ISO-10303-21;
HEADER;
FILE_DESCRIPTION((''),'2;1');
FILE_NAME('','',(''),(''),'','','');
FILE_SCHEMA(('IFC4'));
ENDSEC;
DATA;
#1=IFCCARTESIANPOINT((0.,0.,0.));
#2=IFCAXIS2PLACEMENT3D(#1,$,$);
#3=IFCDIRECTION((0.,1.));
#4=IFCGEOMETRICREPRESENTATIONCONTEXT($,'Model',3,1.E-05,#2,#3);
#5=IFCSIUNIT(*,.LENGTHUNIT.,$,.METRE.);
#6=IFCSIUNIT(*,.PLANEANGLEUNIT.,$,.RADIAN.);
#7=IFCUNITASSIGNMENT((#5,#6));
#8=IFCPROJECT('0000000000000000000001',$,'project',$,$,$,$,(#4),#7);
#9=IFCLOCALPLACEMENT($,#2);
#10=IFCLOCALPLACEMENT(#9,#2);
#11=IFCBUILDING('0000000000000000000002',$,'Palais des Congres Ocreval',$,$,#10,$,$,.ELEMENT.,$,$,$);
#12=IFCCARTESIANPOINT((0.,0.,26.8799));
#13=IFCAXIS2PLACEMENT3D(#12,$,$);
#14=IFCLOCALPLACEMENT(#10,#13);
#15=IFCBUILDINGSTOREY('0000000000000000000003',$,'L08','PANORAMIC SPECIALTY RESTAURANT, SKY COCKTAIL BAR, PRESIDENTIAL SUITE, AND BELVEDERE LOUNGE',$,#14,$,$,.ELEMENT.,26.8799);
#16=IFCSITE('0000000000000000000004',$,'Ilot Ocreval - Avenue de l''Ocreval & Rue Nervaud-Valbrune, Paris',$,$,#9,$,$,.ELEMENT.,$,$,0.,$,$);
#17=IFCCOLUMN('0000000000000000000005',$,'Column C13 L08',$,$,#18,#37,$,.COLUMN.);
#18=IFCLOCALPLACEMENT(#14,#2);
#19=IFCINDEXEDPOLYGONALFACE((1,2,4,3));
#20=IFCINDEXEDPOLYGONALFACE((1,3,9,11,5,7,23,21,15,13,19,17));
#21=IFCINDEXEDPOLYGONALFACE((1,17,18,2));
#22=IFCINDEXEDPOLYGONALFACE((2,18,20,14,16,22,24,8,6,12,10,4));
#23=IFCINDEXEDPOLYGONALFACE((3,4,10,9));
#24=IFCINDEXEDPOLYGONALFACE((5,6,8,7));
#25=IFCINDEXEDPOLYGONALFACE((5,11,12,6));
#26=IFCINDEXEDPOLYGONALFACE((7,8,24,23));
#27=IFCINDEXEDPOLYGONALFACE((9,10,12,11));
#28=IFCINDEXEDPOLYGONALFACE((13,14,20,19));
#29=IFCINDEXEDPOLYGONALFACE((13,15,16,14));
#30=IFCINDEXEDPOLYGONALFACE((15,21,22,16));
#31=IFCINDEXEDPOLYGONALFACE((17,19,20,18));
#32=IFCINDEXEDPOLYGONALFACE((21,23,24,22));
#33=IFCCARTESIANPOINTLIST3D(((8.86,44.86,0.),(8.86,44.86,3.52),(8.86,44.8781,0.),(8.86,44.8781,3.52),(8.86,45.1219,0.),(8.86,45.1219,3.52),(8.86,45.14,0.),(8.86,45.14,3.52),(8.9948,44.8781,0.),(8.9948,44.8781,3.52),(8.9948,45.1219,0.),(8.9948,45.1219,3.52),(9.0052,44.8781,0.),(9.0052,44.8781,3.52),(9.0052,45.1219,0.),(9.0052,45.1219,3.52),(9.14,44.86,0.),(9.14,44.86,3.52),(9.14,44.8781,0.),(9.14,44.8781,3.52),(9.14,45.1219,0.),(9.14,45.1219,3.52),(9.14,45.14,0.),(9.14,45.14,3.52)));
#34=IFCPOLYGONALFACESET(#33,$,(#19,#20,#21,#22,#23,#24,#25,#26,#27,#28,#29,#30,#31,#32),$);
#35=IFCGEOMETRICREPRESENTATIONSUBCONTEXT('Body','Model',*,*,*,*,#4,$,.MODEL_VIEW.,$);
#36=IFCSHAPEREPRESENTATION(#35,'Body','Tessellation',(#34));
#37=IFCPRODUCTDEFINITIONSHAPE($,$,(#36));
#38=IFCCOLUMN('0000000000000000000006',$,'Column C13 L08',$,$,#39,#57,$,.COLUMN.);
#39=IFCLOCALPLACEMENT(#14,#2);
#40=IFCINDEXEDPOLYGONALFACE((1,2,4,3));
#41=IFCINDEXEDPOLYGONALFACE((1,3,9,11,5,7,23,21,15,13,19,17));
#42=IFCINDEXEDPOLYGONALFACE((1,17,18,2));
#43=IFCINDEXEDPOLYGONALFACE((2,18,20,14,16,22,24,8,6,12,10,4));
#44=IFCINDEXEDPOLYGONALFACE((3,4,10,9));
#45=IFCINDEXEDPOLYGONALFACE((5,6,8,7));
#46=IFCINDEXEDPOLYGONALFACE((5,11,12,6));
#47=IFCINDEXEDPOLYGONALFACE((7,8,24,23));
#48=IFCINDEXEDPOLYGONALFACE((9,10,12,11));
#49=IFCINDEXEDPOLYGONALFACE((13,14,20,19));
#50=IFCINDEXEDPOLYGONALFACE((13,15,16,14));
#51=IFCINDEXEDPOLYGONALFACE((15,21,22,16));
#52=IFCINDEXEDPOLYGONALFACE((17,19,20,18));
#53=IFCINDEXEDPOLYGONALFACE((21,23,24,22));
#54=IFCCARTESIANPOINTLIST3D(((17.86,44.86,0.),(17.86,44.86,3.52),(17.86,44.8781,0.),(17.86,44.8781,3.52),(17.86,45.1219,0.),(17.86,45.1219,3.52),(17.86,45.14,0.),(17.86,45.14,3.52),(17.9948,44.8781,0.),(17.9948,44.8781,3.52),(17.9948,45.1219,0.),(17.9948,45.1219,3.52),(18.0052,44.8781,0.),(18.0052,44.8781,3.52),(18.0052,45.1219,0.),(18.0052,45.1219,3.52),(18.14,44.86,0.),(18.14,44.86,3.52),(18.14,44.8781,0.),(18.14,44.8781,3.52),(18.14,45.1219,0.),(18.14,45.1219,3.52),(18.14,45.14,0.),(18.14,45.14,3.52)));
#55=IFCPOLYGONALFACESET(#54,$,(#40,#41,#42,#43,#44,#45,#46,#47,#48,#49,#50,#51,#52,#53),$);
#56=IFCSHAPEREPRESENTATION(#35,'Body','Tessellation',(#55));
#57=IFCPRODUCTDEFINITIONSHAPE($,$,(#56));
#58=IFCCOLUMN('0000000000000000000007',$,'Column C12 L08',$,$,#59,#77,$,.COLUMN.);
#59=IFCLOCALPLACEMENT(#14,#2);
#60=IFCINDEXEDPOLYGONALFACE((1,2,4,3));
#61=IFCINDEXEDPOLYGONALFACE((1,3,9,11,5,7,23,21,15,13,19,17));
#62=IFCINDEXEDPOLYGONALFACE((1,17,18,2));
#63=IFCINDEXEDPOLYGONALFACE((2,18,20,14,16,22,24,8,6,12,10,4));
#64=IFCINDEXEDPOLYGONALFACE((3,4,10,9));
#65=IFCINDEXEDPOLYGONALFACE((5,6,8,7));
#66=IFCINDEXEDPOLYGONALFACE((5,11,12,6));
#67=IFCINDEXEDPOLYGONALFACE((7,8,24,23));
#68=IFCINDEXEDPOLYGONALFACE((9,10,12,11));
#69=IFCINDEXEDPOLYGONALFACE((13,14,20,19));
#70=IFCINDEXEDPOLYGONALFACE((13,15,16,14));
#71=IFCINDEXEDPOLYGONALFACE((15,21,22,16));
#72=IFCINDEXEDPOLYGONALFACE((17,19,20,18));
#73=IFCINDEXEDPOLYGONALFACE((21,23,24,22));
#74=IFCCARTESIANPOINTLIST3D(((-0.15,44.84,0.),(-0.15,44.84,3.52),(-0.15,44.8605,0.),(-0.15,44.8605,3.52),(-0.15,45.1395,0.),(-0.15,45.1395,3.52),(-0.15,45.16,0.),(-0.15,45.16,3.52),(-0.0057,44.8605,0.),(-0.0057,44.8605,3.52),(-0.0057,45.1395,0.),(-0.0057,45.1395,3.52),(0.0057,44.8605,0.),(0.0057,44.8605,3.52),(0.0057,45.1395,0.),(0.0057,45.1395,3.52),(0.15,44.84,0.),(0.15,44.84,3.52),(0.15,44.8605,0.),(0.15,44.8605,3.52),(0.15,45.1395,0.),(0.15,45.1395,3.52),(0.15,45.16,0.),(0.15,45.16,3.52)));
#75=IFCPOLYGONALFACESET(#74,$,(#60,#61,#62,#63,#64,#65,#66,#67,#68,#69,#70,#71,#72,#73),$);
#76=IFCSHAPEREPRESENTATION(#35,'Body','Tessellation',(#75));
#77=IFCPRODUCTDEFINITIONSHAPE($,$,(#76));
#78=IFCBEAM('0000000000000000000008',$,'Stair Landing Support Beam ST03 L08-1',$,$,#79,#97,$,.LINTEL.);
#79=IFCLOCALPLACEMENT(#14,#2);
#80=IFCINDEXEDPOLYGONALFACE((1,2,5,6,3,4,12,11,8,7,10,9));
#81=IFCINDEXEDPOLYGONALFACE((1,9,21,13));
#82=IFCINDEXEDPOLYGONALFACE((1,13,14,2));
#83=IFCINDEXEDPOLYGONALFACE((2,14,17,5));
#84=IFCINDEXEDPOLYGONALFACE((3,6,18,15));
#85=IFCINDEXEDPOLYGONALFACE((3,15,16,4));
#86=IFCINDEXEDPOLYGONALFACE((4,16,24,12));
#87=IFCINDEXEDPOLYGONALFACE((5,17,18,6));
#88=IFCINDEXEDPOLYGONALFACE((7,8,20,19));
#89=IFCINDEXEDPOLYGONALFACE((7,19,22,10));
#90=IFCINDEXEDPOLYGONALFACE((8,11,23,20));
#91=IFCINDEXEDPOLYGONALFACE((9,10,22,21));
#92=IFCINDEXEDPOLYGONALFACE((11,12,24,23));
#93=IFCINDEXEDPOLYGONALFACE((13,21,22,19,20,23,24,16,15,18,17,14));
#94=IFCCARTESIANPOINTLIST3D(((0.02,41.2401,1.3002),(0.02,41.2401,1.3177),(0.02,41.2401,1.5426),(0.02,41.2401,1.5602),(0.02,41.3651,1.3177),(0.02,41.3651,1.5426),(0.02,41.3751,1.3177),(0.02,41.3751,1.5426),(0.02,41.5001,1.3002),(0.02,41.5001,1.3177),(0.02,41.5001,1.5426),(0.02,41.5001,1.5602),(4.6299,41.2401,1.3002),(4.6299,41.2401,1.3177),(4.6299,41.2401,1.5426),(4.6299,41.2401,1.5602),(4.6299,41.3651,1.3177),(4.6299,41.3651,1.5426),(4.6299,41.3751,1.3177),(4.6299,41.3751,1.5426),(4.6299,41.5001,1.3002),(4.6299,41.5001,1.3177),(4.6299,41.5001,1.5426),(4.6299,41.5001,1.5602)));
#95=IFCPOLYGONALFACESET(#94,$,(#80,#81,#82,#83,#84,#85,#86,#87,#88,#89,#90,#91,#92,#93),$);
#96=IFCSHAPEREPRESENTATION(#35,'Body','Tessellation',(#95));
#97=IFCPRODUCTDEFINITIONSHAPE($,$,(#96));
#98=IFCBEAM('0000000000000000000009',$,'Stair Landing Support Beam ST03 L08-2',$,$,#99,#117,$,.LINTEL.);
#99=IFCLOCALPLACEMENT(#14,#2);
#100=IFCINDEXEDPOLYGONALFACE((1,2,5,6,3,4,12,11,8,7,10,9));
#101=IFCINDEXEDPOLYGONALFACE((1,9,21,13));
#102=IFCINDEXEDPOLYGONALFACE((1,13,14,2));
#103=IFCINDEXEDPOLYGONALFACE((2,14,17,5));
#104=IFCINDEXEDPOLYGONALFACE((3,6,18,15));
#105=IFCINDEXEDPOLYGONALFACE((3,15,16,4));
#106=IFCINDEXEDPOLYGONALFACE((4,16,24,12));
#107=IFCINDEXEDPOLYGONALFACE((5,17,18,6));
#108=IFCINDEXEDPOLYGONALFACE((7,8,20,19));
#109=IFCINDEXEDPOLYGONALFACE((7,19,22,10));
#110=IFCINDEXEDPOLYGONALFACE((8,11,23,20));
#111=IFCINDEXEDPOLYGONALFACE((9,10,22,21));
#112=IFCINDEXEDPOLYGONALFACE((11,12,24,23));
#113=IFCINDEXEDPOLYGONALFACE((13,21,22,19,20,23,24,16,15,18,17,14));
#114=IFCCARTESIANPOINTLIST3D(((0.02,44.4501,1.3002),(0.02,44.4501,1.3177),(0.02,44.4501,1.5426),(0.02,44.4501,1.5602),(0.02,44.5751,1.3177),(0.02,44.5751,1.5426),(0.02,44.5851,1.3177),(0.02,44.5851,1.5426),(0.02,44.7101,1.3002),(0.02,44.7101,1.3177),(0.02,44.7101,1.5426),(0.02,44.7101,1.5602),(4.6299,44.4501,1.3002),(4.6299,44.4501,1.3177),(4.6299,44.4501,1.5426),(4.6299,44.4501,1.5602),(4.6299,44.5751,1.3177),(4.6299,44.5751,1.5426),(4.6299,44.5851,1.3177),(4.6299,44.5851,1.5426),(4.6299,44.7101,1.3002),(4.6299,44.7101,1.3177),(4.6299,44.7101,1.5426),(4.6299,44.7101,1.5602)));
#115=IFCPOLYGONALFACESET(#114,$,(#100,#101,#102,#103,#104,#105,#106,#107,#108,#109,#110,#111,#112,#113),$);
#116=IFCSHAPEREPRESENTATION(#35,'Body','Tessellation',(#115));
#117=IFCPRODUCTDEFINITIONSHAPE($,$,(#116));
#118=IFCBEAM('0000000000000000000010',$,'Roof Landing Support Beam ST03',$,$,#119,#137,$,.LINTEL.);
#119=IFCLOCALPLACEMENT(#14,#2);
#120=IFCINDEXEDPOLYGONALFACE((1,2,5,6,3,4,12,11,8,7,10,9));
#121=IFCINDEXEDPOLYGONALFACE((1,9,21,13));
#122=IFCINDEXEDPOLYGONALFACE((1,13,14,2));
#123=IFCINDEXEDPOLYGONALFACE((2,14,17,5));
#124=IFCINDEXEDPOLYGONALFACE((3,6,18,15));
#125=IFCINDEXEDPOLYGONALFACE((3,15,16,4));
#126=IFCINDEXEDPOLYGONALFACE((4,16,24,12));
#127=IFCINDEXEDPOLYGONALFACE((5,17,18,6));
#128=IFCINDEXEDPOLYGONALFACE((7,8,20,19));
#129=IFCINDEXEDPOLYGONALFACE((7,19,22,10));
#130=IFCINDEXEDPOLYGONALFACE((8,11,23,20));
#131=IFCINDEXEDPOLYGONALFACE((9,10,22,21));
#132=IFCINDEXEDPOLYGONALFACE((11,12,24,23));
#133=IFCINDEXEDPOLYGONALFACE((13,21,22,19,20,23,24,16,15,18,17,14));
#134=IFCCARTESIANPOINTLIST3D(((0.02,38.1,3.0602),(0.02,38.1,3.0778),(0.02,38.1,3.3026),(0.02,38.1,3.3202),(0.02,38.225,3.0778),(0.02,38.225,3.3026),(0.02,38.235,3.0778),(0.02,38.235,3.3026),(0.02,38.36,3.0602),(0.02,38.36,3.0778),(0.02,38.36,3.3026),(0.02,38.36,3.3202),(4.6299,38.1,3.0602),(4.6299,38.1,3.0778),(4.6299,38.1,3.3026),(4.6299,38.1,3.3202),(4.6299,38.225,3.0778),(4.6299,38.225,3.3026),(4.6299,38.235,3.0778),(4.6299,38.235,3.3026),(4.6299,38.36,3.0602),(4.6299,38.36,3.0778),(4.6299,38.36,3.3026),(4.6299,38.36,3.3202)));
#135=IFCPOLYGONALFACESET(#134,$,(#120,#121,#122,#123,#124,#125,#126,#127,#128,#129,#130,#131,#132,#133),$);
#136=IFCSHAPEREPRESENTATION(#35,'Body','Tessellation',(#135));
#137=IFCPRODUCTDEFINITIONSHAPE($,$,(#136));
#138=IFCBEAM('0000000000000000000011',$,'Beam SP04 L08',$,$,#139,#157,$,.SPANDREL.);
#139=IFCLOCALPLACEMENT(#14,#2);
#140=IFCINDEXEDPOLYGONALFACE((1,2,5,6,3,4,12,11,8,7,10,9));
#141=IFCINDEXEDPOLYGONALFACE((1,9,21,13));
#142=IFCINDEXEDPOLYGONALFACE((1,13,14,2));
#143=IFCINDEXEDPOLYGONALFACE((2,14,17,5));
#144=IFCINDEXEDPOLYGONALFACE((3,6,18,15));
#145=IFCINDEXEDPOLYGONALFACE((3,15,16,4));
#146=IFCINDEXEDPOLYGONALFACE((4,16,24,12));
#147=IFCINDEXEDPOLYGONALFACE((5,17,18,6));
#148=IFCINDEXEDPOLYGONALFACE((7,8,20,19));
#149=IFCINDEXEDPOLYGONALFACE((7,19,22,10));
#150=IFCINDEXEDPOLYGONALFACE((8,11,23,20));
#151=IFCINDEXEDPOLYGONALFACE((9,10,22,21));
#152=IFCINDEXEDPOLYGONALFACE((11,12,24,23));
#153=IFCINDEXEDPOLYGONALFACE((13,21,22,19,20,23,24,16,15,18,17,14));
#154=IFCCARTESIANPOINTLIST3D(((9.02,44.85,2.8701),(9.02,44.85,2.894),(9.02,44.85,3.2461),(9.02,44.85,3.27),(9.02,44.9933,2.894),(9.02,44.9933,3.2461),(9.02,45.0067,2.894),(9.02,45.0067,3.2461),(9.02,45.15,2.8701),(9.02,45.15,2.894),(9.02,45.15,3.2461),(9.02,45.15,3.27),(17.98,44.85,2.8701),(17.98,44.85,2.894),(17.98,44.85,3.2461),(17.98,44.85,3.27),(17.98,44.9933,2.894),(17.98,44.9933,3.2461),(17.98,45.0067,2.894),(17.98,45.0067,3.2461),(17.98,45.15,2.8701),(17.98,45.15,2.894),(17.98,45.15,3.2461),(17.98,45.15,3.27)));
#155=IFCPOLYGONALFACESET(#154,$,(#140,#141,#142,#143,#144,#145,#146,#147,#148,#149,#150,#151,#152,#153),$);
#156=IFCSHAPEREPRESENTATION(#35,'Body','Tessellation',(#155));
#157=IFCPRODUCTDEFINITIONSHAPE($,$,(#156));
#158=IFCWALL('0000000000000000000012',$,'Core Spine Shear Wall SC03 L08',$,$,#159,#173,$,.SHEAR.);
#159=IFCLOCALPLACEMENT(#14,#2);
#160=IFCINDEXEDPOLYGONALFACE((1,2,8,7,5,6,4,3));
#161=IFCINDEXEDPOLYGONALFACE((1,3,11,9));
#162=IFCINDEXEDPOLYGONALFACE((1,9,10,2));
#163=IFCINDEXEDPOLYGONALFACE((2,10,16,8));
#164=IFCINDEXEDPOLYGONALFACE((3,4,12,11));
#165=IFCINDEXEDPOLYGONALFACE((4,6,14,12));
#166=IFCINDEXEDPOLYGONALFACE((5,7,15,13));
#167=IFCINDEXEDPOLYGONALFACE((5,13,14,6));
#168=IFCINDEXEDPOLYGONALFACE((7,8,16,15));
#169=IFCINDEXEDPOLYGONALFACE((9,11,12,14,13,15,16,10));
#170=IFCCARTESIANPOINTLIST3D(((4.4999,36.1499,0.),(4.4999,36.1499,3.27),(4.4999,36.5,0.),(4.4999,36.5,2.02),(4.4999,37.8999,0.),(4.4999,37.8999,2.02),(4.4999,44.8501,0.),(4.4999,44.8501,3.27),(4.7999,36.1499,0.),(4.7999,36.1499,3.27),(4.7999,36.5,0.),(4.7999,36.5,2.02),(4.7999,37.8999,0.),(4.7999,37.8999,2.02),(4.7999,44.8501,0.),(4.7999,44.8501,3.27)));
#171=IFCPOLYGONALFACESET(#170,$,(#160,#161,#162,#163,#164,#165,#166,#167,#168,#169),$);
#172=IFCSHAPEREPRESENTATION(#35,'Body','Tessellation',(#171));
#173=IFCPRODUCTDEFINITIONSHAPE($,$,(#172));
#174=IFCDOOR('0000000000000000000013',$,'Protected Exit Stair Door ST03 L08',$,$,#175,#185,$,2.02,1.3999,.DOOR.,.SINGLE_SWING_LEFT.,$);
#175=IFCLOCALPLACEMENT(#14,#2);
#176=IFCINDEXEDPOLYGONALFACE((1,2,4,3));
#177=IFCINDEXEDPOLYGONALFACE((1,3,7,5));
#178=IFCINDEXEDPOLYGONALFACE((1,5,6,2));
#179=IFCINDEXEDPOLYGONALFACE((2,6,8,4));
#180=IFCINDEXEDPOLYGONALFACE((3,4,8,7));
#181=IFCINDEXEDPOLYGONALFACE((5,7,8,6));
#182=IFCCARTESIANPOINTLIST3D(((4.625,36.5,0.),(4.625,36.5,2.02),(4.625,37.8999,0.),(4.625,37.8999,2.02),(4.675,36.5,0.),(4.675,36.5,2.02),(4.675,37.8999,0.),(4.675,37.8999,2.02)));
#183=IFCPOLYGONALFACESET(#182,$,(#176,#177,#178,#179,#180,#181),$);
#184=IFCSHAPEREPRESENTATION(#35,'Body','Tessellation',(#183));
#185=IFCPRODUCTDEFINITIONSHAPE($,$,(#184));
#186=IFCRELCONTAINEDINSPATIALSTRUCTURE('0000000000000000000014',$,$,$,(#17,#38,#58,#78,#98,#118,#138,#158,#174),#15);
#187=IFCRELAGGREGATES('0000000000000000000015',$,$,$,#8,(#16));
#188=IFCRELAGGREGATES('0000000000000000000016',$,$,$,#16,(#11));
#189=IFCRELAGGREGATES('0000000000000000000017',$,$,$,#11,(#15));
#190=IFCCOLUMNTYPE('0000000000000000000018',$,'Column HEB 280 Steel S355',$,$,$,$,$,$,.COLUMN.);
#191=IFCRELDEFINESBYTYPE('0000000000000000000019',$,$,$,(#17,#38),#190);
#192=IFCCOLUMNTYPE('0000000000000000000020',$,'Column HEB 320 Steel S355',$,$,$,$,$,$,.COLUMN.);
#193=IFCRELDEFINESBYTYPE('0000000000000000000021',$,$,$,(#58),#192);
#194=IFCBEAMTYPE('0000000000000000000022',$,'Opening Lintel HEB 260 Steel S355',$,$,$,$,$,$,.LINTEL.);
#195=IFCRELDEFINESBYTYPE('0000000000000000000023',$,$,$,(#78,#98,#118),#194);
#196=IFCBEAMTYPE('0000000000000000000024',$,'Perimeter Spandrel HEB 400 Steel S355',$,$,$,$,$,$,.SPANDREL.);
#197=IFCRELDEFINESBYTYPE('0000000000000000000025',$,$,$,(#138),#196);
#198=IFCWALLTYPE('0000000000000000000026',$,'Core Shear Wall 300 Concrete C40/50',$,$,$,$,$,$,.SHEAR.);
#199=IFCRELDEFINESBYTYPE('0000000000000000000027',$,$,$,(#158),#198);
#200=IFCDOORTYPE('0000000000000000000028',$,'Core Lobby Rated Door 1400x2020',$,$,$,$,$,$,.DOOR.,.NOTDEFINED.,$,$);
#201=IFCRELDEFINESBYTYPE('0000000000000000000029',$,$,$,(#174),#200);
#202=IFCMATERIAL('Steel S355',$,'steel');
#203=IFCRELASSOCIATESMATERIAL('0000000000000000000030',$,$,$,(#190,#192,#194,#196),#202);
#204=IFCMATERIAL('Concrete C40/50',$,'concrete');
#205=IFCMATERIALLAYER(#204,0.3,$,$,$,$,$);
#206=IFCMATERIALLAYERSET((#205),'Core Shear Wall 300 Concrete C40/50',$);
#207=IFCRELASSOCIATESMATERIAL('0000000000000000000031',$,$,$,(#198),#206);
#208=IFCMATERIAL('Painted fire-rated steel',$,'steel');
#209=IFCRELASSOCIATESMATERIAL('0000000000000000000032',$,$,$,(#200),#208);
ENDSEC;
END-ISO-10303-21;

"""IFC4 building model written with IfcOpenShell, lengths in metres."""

from ifc_helpers import new_model, si_unit, direction, frame, frame_2d, origin, origin_2d, place, context, subcontext, project, spatial, rectangle, i_section, extrude, material, layer, layer_set, material_profile, profile_set, type_object, element, fill, save


model = new_model("IFC4")

# Units and contexts
model_context = context("Model", 3, precision=1e-05, world=origin(), true_north=direction((0.0, 1.0)))
body_context = subcontext(model_context, "Body", "Model", "MODEL_VIEW")
ifc_project = project(units=[si_unit("LENGTHUNIT", "METRE"), si_unit("PLANEANGLEUNIT", "RADIAN")], contexts=[model_context])

# Site, building, storey
site_placement = place(None, origin())
site = spatial("IfcSite", under=ifc_project, at=site_placement, Name="Ilot Ocreval - Avenue de l'Ocreval & Rue Nervaud-Valbrune, Paris", CompositionType="ELEMENT", RefElevation=0.0)
building_placement = place(site_placement, origin())
building = spatial("IfcBuilding", under=site, at=building_placement, Name="Palais des Congres Ocreval", CompositionType="ELEMENT")
storey_placement = place(building_placement, frame((0.0, 0.0, 26.8799)))
storey = spatial("IfcBuildingStorey", under=building, at=storey_placement, Name="L08", Description="PANORAMIC SPECIALTY RESTAURANT, SKY COCKTAIL BAR, PRESIDENTIAL SUITE, AND BELVEDERE LOUNGE", CompositionType="ELEMENT", Elevation=26.8799)

# Columns
ifc_material_1 = material(Name="Steel S355", Category="steel")
ifc_material_profile_1 = material_profile(ifc_material_1, i_section(OverallWidth=0.28, OverallDepth=0.28, WebThickness=0.0105, FlangeThickness=0.0181, at=origin_2d()), Name="HEB 280")
ifc_profile_set_1 = profile_set([ifc_material_profile_1], Name="Steel S355")
column_type_1 = type_object("IfcColumnType", Name="Column HEB 280 Steel S355", PredefinedType="COLUMN", material=ifc_profile_set_1)
for number, where, z_axis, x_axis, name in (
    (1, (9.0, 45.0, 0.0), (0.0, 0.0, 1.0), (1.0, 0.0, 0.0), "Column C13 L08"),
    (2, (18.0, 45.0, 0.0), (0.0, 0.0, 1.0), (1.0, 0.0, 0.0), "Column C13 L08"),
):
    element("IfcColumn", number, at=place(storey_placement, frame(where, z_axis=z_axis, x_axis=x_axis)), inside=storey, type_object=column_type_1, Name=name, PredefinedType="COLUMN", context=body_context, shape_type="SweptSolid", body=[
        extrude(i_section(OverallWidth=0.28, OverallDepth=0.28, WebThickness=0.0105, FlangeThickness=0.0181, at=origin_2d()), origin(), (0.0, 0.0, 1.0), 3.52),
    ])
ifc_material_profile_2 = material_profile(ifc_material_1, i_section(OverallWidth=0.3, OverallDepth=0.3201, WebThickness=0.0115, FlangeThickness=0.0205, at=origin_2d()), Name="HEB 320")
ifc_profile_set_2 = profile_set([ifc_material_profile_2], Name="Steel S355")
column_type_2 = type_object("IfcColumnType", Name="Column HEB 320 Steel S355", PredefinedType="COLUMN", material=ifc_profile_set_2)
column_placement = place(storey_placement, frame((0.0, 45.0, 0.0), z_axis=(0.0, 0.0, 1.0), x_axis=(1.0, 0.0, 0.0)))
element("IfcColumn", 3, at=column_placement, inside=storey, type_object=column_type_2, Name="Column C12 L08", PredefinedType="COLUMN", context=body_context, shape_type="SweptSolid", body=[
    extrude(i_section(OverallWidth=0.3, OverallDepth=0.3201, WebThickness=0.0115, FlangeThickness=0.0205, at=origin_2d()), origin(), (0.0, 0.0, 1.0), 3.52),
])

# Beams
ifc_material_profile_3 = material_profile(ifc_material_1, i_section(OverallWidth=0.26, OverallDepth=0.26, WebThickness=0.01, FlangeThickness=0.0176, at=origin_2d()), Name="HEB 260")
ifc_profile_set_3 = profile_set([ifc_material_profile_3], Name="Steel S355")
beam_type_1 = type_object("IfcBeamType", Name="Opening Lintel HEB 260 Steel S355", PredefinedType="LINTEL", material=ifc_profile_set_3)
for number, where, z_axis, x_axis, name in (
    (4, (0.02, 41.3701, 1.4302), (1.0, 0.0, 0.0), (0.0, 1.0, 0.0), "Stair Landing Support Beam ST03 L08-1"),
    (5, (0.02, 44.5801, 1.4302), (1.0, 0.0, 0.0), (0.0, 1.0, 0.0), "Stair Landing Support Beam ST03 L08-2"),
    (6, (0.02, 38.23, 3.1902), (1.0, 0.0, 0.0), (0.0, 1.0, 0.0), "Roof Landing Support Beam ST03"),
):
    element("IfcBeam", number, at=place(storey_placement, frame(where, z_axis=z_axis, x_axis=x_axis)), inside=storey, type_object=beam_type_1, Name=name, PredefinedType="LINTEL", context=body_context, shape_type="SweptSolid", body=[
        extrude(i_section(OverallWidth=0.26, OverallDepth=0.26, WebThickness=0.01, FlangeThickness=0.0176, at=origin_2d()), origin(), (0.0, 0.0, 1.0), 4.6099),
    ])
ifc_material_profile_4 = material_profile(ifc_material_1, i_section(OverallWidth=0.3, OverallDepth=0.3999, WebThickness=0.0134, FlangeThickness=0.0239, at=origin_2d()), Name="HEB 400")
ifc_profile_set_4 = profile_set([ifc_material_profile_4], Name="Steel S355")
beam_type_2 = type_object("IfcBeamType", Name="Perimeter Spandrel HEB 400 Steel S355", PredefinedType="SPANDREL", material=ifc_profile_set_4)
beam_placement = place(storey_placement, frame((9.02, 45.0, 3.0701), z_axis=(1.0, 0.0, 0.0), x_axis=(0.0, 1.0, 0.0)))
element("IfcBeam", 7, at=beam_placement, inside=storey, type_object=beam_type_2, Name="Beam SP04 L08", PredefinedType="SPANDREL", context=body_context, shape_type="SweptSolid", body=[
    extrude(i_section(OverallWidth=0.3, OverallDepth=0.3999, WebThickness=0.0134, FlangeThickness=0.0239, at=origin_2d()), origin(), (0.0, 0.0, 1.0), 8.96),
])

# Wall, opening, door
ifc_material_2 = material(Name="Concrete C40/50", Category="concrete")
ifc_layer_1 = layer(ifc_material_2, 0.3)
ifc_layer_set_1 = layer_set([ifc_layer_1], Name="Core Shear Wall 300 Concrete C40/50")
wall_type_1 = type_object("IfcWallType", Name="Core Shear Wall 300 Concrete C40/50", PredefinedType="SHEAR", material=ifc_layer_set_1)
wall_1_placement = place(storey_placement, frame((4.6499, 36.1499, 0.0), z_axis=(0.0, 0.0, 1.0), x_axis=(0.0, 1.0, 0.0)))
wall_1 = element("IfcWall", 8, at=wall_1_placement, inside=storey, type_object=wall_type_1, Name="Core Spine Shear Wall SC03 L08", PredefinedType="SHEAR", context=body_context, shape_type="SweptSolid", body=[
    extrude(rectangle(XDim=8.7002, YDim=0.3, at=frame_2d((4.3501, 0.0))), origin(), (0.0, 0.0, 1.0), 3.27),
])
opening_1_placement = place(wall_1_placement, frame((0.3501, 0.0, 0.0)))
opening_1 = element("IfcOpeningElement", 9, at=opening_1_placement, cuts=wall_1, PredefinedType="OPENING", context=body_context, shape_type="SweptSolid", body=[
    extrude(rectangle(XDim=1.3999, YDim=2.02, at=frame_2d((0.7, 1.01))), frame((0.0, 0.1599, 0.0), z_axis=(0.0, -1.0, 0.0), x_axis=(1.0, 0.0, 0.0)), (0.0, 0.0, 1.0), 0.3201),
])
ifc_material_3 = material(Name="Painted fire-rated steel", Category="steel")
door_type_1 = type_object("IfcDoorType", Name="Core Lobby Rated Door 1400x2020", OperationType="NOTDEFINED", PredefinedType="DOOR", material=ifc_material_3)
door_1_placement = place(opening_1_placement, origin())
door_1 = element("IfcDoor", 10, at=door_1_placement, inside=storey, type_object=door_type_1, Name="Protected Exit Stair Door ST03 L08", OperationType="SINGLE_SWING_LEFT", OverallHeight=2.02, OverallWidth=1.3999, PredefinedType="DOOR", context=body_context, shape_type="SweptSolid", body=[
    extrude(rectangle(XDim=1.3999, YDim=2.02, at=frame_2d((0.7, 1.01))), frame((0.0, 0.0249, 0.0), z_axis=(0.0, -1.0, 0.0), x_axis=(1.0, 0.0, 0.0)), (0.0, 0.0, 1.0), 0.05),
])
fill(opening_1, door_1)

save(model, "model.ifc")
